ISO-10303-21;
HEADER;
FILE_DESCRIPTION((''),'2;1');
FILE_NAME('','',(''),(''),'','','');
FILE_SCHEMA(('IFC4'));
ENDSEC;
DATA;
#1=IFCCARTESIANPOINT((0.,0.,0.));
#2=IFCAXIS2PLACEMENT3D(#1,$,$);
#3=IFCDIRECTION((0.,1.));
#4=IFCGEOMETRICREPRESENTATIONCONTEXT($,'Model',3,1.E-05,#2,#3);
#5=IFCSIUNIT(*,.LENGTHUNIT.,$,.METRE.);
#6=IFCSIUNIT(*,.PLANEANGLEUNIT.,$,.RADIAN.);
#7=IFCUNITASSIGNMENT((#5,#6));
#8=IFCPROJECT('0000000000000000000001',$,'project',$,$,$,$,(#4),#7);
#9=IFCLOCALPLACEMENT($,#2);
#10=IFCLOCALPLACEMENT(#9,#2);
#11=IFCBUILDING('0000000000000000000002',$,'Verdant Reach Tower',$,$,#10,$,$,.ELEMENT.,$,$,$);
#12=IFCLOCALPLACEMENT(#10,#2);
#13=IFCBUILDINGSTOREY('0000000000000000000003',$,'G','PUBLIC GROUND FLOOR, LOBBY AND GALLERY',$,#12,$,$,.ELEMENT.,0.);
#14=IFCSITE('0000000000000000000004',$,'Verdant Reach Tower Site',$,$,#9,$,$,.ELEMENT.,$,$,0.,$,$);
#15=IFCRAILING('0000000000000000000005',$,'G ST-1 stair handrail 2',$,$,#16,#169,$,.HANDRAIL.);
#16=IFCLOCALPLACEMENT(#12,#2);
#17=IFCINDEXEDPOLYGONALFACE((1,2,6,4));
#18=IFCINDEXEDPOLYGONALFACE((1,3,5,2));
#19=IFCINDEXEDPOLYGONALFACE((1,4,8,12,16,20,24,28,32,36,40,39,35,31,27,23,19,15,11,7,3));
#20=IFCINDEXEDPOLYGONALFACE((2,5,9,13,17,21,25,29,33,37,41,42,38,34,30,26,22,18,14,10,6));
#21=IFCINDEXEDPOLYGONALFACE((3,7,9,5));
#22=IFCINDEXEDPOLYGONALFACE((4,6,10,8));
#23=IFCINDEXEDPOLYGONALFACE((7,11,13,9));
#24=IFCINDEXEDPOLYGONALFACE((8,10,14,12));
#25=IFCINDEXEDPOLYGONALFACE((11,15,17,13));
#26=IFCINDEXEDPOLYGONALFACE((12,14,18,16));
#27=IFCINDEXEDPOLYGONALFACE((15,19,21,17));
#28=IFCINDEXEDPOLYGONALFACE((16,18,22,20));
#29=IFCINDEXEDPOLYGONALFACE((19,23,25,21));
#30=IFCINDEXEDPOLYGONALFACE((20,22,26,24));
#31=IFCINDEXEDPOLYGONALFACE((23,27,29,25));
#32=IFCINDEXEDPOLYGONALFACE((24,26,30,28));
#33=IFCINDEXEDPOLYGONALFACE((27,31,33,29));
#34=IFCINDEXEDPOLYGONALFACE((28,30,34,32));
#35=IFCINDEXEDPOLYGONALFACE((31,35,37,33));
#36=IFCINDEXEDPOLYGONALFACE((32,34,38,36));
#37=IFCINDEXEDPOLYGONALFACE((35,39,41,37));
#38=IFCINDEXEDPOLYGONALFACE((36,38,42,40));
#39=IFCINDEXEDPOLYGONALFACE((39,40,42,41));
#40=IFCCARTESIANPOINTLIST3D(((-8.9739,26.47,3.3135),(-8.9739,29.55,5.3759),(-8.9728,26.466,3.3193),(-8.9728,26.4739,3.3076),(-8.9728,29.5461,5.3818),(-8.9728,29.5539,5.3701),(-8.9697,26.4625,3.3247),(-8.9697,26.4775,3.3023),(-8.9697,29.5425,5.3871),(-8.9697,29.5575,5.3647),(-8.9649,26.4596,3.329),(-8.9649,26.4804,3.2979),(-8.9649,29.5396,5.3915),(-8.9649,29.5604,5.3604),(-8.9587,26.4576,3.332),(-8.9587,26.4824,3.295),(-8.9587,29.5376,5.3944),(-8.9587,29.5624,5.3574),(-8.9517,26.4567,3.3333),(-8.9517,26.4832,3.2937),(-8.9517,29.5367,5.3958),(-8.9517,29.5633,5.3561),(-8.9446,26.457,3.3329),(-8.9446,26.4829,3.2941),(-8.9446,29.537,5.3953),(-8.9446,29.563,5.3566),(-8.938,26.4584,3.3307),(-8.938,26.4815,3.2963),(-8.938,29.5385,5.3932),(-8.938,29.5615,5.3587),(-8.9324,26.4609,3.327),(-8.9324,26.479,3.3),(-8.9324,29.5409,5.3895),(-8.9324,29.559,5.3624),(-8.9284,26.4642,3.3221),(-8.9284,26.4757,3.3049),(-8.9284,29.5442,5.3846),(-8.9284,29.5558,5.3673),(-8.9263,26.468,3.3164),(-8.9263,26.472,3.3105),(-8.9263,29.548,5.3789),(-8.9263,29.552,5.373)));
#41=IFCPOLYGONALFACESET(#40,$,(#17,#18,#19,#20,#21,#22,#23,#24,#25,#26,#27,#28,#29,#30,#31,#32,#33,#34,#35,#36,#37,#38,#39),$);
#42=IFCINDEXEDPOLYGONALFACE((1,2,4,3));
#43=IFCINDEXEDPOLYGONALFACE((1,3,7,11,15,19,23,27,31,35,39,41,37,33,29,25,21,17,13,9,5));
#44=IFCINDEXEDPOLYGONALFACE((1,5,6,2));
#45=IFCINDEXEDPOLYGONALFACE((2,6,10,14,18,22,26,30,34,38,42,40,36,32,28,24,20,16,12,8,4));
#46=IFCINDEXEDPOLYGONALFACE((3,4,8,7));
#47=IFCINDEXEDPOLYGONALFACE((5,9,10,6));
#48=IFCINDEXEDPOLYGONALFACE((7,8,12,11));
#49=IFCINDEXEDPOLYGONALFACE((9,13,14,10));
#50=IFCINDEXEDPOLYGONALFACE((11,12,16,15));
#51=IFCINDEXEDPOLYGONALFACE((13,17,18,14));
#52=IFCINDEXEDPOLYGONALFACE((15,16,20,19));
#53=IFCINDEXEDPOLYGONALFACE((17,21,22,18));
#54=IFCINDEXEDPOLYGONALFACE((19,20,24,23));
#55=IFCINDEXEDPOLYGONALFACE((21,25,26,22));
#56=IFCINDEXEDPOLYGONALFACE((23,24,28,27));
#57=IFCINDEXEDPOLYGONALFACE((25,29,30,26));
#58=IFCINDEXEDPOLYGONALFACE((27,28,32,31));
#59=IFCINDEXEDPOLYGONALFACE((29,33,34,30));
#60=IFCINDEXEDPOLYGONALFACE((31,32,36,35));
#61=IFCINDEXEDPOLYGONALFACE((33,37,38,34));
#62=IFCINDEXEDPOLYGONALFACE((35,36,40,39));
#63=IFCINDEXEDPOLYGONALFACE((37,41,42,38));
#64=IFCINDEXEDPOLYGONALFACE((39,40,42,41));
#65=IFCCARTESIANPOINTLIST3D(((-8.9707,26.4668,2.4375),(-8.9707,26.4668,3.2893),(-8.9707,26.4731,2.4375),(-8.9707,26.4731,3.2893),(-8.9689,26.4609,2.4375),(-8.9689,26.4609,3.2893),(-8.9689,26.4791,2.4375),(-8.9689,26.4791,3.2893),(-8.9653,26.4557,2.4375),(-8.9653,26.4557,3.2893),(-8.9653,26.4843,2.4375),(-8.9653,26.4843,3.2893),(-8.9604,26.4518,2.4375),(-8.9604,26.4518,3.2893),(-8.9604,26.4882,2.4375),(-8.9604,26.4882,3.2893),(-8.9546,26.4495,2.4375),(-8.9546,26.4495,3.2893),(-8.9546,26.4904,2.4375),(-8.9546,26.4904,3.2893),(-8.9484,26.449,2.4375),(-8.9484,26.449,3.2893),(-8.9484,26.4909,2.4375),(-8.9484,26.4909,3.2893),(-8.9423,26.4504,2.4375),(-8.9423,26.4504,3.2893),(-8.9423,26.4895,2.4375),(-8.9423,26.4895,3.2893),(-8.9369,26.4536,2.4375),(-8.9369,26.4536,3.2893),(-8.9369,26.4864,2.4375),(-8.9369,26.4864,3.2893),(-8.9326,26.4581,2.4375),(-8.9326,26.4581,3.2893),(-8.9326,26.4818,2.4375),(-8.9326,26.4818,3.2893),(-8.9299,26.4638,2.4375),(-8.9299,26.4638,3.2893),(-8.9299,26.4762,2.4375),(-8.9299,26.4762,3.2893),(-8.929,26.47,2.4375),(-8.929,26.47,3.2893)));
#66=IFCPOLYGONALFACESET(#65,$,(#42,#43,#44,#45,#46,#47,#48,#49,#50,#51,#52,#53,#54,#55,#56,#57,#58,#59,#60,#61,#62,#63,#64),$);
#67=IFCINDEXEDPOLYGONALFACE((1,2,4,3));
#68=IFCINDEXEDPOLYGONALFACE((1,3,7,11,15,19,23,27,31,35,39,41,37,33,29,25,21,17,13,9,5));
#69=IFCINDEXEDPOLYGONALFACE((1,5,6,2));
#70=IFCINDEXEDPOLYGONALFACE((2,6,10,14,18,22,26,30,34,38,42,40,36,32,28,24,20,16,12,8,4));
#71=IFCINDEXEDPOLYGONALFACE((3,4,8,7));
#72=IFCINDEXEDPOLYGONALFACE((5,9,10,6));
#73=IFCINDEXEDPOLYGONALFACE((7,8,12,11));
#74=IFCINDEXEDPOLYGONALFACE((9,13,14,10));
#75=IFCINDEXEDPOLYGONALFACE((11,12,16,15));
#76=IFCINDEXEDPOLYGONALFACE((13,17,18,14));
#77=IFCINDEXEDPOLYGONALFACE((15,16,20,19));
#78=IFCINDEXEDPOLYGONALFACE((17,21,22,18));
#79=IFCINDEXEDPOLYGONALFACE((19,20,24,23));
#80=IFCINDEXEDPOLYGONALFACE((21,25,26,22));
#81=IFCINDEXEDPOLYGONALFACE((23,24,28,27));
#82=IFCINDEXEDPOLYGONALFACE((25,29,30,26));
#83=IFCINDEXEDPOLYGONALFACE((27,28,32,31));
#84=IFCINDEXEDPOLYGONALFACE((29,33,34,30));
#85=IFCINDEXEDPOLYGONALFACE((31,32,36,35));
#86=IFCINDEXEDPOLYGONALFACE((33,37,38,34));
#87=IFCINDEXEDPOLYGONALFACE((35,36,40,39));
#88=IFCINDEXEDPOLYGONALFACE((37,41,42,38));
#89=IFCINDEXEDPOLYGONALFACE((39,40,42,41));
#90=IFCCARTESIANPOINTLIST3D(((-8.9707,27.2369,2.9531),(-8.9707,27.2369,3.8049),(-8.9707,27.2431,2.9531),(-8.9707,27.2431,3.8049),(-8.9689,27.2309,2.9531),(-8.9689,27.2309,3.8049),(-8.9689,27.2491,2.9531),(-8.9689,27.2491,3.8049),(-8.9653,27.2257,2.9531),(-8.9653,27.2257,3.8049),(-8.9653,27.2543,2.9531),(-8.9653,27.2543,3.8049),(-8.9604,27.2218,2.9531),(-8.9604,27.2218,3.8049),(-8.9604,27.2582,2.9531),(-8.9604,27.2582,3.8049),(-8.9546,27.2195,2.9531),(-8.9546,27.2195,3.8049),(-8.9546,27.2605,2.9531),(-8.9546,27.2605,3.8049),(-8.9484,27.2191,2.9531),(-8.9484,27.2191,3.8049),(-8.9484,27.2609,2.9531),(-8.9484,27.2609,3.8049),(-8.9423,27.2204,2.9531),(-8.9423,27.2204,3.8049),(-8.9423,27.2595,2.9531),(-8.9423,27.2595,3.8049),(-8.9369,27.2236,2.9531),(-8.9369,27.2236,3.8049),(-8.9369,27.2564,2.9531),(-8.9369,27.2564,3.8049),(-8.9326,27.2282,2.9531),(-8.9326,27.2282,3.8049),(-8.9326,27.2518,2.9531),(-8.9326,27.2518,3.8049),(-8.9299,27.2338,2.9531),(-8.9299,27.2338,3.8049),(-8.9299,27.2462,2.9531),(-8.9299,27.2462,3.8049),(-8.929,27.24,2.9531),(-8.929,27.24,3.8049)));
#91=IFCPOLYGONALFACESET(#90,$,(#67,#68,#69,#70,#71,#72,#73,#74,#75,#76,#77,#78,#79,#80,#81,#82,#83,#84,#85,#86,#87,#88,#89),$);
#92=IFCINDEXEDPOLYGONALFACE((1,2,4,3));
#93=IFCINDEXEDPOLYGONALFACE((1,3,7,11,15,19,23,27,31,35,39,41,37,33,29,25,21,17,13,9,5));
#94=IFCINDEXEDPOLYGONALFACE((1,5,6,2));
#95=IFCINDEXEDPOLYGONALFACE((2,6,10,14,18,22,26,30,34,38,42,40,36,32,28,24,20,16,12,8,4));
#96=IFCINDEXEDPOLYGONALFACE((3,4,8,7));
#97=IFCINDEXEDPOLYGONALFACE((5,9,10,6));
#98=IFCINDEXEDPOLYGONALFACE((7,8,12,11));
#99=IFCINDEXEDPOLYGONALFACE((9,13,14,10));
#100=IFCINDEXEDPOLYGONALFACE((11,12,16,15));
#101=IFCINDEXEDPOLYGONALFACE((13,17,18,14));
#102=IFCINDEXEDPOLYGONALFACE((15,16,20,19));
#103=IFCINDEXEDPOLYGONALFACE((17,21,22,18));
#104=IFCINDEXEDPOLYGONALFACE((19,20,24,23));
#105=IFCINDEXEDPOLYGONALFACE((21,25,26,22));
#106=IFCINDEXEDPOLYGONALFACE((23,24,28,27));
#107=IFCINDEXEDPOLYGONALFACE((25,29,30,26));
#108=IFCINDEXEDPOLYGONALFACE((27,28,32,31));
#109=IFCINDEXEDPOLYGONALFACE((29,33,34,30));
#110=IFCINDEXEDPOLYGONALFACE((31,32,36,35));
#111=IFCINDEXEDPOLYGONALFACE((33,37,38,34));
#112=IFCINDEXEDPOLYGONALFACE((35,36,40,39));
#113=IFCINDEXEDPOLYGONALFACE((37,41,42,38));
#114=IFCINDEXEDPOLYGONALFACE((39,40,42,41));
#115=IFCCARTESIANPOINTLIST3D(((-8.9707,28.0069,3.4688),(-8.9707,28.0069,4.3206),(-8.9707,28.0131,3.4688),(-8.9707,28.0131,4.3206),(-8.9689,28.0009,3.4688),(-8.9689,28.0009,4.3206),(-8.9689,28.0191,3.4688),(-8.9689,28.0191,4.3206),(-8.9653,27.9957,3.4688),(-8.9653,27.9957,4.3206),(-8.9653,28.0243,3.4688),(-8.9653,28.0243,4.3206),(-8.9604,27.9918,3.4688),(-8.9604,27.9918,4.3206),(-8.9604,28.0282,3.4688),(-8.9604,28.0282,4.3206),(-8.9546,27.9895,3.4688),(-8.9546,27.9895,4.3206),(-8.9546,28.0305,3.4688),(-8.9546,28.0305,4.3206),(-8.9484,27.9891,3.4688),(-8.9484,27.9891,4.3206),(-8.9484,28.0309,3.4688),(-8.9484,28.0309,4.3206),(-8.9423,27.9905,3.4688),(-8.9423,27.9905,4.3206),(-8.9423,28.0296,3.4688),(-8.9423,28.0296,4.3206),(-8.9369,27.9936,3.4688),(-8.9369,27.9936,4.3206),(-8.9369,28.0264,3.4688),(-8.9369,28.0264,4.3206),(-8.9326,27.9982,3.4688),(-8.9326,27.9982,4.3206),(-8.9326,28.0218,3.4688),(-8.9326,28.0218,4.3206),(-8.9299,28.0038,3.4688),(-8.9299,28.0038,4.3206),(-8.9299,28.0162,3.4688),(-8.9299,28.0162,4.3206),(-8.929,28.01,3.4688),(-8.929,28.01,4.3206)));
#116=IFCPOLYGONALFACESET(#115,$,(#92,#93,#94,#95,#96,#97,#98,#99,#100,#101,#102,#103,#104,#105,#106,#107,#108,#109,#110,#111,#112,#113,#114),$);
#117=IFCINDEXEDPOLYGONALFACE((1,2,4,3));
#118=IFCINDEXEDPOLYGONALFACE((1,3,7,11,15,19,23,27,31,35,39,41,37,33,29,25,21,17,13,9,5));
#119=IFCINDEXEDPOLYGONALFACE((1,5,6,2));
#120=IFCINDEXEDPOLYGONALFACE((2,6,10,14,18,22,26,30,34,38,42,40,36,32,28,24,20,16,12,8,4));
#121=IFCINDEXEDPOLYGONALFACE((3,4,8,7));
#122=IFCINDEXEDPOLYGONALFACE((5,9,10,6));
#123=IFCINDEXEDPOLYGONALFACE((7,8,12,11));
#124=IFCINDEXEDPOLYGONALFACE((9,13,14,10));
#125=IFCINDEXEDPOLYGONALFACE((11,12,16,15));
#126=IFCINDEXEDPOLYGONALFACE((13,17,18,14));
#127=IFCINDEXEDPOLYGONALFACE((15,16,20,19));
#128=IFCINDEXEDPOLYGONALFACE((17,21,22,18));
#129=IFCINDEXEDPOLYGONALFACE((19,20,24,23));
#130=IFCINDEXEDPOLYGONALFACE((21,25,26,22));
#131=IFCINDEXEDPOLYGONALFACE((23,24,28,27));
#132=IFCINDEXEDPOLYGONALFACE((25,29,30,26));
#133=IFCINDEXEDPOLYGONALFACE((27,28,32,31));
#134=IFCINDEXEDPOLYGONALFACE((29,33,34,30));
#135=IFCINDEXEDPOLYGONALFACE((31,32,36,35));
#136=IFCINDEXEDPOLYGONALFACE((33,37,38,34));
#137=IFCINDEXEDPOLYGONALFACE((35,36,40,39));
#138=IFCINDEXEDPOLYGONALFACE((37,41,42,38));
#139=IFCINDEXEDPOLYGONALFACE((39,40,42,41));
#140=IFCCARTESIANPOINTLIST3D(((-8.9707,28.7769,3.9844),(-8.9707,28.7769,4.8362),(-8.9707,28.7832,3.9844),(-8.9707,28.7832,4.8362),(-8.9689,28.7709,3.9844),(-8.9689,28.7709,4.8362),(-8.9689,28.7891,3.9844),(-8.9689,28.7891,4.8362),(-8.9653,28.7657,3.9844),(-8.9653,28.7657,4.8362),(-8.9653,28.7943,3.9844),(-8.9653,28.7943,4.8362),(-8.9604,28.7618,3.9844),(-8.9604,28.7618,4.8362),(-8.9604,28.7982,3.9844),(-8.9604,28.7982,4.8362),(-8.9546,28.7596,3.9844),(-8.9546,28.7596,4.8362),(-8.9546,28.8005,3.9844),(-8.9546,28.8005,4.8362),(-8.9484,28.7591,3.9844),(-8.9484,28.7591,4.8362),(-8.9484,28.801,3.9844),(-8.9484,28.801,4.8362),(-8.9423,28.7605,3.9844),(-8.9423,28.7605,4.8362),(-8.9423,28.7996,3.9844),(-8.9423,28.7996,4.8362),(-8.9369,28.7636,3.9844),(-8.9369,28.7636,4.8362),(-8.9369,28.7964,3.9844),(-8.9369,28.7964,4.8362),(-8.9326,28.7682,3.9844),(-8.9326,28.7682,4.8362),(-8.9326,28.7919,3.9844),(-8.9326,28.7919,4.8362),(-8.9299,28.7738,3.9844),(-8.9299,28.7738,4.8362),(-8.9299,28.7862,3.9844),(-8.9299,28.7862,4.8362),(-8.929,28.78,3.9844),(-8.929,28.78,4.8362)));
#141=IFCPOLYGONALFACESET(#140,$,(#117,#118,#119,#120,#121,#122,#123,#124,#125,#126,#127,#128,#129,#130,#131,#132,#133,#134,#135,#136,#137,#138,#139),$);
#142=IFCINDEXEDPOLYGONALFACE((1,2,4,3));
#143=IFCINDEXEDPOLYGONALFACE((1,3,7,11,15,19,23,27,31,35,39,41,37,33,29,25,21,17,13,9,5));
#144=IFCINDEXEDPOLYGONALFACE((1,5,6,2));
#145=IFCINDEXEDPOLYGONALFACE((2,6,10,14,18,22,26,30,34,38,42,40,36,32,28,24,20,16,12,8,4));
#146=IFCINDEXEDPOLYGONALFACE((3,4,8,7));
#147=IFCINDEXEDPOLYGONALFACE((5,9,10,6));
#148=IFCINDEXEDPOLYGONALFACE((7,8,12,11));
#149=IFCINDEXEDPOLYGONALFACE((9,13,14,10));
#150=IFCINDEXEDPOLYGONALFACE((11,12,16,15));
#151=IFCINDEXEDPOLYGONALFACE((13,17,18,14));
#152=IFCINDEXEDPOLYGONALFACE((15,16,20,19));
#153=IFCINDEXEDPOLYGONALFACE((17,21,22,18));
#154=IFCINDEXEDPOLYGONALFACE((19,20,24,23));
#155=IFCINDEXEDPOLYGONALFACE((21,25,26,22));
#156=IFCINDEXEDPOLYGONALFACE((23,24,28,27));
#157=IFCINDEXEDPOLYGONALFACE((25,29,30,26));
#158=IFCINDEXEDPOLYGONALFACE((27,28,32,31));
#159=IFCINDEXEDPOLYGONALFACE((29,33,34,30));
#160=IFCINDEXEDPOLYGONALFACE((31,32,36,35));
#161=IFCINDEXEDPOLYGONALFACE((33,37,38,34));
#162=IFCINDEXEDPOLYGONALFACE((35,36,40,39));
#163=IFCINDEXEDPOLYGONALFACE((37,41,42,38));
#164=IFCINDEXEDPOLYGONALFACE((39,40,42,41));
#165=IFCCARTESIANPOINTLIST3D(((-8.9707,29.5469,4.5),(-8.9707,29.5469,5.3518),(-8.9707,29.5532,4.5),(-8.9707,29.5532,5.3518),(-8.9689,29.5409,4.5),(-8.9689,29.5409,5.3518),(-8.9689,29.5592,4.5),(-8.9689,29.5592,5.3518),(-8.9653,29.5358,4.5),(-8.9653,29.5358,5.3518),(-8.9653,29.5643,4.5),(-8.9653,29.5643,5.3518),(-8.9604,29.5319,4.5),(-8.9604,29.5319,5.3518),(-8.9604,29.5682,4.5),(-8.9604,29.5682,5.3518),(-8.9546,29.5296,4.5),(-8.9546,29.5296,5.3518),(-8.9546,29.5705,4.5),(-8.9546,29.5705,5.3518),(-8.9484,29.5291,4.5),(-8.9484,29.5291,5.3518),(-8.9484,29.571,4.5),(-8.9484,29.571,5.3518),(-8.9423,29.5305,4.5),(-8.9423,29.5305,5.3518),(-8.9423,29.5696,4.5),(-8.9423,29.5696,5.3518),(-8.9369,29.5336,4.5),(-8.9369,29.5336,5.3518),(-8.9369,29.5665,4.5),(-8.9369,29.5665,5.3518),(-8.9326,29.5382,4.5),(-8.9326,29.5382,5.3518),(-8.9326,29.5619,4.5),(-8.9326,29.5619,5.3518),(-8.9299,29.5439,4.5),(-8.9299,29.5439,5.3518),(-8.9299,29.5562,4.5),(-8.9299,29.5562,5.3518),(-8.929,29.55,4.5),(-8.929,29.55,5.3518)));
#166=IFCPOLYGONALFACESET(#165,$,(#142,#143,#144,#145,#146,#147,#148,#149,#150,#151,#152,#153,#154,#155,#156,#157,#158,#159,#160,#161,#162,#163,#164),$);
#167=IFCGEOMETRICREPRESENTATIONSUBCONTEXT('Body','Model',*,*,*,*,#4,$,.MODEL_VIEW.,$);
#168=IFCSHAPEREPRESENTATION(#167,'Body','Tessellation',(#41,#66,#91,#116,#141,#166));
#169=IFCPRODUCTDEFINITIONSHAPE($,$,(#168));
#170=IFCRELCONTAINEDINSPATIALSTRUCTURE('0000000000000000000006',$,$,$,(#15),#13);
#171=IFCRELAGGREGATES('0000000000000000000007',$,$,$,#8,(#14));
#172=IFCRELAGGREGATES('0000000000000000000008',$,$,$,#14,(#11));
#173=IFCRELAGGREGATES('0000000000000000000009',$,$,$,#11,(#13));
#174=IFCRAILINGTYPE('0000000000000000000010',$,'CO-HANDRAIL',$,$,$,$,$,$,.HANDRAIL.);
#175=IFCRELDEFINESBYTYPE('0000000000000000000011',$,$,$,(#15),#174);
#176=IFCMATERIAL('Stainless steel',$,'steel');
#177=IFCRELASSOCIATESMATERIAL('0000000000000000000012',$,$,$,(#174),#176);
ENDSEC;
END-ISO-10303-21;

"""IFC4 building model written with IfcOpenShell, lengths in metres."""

from ifc_helpers import new_model, si_unit, direction, frame, origin, origin_2d, place, context, subcontext, project, spatial, circle, extrude, material, type_object, element, save


model = new_model("IFC4")

# Units and contexts
model_context = context("Model", 3, precision=1e-05, world=origin(), true_north=direction((0.0, 1.0)))
body_context = subcontext(model_context, "Body", "Model", "MODEL_VIEW")
ifc_project = project(units=[si_unit("LENGTHUNIT", "METRE"), si_unit("PLANEANGLEUNIT", "RADIAN")], contexts=[model_context])

# Site, building, storey
site_placement = place(None, origin())
site = spatial("IfcSite", under=ifc_project, at=site_placement, Name="Verdant Reach Tower Site", CompositionType="ELEMENT", RefElevation=0.0)
building_placement = place(site_placement, origin())
building = spatial("IfcBuilding", under=site, at=building_placement, Name="Verdant Reach Tower", CompositionType="ELEMENT")
storey_placement = place(building_placement, origin())
storey = spatial("IfcBuildingStorey", under=building, at=storey_placement, Name="G", Description="PUBLIC GROUND FLOOR, LOBBY AND GALLERY", CompositionType="ELEMENT", Elevation=0.0)

# Shared definitions
ifc_material_1 = material(Name="Stainless steel", Category="steel")

# Railing
railing_type_1 = type_object("IfcRailingType", Name="CO-HANDRAIL", PredefinedType="HANDRAIL", material=ifc_material_1)
railing_1_placement = place(storey_placement, frame((-8.95, 26.47, 2.4375)))
element("IfcRailing", 1, at=railing_1_placement, inside=storey, type_object=railing_type_1, Name="G ST-1 stair handrail 2", PredefinedType="HANDRAIL", context=body_context, shape_type="SweptSolid", body=[
    extrude(circle(Radius=0.0239, at=origin_2d()), frame((0.0, 0.0, 0.876), z_axis=(0.0, 0.830914, 0.556401), x_axis=(-1.0, 0.0, 0.0)), (0.0, 0.0, 1.0), 3.7068),
    extrude(circle(Radius=0.021, at=origin_2d()), origin(), (0.0, 0.0, 1.0), 0.8518),
    extrude(circle(Radius=0.021, at=origin_2d()), frame((0.0, 0.77, 0.5156)), (0.0, 0.0, 1.0), 0.8518),
    extrude(circle(Radius=0.021, at=origin_2d()), frame((0.0, 1.54, 1.0312)), (0.0, 0.0, 1.0), 0.8518),
    extrude(circle(Radius=0.021, at=origin_2d()), frame((0.0, 2.3101, 1.5469)), (0.0, 0.0, 1.0), 0.8518),
    extrude(circle(Radius=0.021, at=origin_2d()), frame((0.0, 3.0801, 2.0625)), (0.0, 0.0, 1.0), 0.8518),
])

save(model, "model.ifc")
